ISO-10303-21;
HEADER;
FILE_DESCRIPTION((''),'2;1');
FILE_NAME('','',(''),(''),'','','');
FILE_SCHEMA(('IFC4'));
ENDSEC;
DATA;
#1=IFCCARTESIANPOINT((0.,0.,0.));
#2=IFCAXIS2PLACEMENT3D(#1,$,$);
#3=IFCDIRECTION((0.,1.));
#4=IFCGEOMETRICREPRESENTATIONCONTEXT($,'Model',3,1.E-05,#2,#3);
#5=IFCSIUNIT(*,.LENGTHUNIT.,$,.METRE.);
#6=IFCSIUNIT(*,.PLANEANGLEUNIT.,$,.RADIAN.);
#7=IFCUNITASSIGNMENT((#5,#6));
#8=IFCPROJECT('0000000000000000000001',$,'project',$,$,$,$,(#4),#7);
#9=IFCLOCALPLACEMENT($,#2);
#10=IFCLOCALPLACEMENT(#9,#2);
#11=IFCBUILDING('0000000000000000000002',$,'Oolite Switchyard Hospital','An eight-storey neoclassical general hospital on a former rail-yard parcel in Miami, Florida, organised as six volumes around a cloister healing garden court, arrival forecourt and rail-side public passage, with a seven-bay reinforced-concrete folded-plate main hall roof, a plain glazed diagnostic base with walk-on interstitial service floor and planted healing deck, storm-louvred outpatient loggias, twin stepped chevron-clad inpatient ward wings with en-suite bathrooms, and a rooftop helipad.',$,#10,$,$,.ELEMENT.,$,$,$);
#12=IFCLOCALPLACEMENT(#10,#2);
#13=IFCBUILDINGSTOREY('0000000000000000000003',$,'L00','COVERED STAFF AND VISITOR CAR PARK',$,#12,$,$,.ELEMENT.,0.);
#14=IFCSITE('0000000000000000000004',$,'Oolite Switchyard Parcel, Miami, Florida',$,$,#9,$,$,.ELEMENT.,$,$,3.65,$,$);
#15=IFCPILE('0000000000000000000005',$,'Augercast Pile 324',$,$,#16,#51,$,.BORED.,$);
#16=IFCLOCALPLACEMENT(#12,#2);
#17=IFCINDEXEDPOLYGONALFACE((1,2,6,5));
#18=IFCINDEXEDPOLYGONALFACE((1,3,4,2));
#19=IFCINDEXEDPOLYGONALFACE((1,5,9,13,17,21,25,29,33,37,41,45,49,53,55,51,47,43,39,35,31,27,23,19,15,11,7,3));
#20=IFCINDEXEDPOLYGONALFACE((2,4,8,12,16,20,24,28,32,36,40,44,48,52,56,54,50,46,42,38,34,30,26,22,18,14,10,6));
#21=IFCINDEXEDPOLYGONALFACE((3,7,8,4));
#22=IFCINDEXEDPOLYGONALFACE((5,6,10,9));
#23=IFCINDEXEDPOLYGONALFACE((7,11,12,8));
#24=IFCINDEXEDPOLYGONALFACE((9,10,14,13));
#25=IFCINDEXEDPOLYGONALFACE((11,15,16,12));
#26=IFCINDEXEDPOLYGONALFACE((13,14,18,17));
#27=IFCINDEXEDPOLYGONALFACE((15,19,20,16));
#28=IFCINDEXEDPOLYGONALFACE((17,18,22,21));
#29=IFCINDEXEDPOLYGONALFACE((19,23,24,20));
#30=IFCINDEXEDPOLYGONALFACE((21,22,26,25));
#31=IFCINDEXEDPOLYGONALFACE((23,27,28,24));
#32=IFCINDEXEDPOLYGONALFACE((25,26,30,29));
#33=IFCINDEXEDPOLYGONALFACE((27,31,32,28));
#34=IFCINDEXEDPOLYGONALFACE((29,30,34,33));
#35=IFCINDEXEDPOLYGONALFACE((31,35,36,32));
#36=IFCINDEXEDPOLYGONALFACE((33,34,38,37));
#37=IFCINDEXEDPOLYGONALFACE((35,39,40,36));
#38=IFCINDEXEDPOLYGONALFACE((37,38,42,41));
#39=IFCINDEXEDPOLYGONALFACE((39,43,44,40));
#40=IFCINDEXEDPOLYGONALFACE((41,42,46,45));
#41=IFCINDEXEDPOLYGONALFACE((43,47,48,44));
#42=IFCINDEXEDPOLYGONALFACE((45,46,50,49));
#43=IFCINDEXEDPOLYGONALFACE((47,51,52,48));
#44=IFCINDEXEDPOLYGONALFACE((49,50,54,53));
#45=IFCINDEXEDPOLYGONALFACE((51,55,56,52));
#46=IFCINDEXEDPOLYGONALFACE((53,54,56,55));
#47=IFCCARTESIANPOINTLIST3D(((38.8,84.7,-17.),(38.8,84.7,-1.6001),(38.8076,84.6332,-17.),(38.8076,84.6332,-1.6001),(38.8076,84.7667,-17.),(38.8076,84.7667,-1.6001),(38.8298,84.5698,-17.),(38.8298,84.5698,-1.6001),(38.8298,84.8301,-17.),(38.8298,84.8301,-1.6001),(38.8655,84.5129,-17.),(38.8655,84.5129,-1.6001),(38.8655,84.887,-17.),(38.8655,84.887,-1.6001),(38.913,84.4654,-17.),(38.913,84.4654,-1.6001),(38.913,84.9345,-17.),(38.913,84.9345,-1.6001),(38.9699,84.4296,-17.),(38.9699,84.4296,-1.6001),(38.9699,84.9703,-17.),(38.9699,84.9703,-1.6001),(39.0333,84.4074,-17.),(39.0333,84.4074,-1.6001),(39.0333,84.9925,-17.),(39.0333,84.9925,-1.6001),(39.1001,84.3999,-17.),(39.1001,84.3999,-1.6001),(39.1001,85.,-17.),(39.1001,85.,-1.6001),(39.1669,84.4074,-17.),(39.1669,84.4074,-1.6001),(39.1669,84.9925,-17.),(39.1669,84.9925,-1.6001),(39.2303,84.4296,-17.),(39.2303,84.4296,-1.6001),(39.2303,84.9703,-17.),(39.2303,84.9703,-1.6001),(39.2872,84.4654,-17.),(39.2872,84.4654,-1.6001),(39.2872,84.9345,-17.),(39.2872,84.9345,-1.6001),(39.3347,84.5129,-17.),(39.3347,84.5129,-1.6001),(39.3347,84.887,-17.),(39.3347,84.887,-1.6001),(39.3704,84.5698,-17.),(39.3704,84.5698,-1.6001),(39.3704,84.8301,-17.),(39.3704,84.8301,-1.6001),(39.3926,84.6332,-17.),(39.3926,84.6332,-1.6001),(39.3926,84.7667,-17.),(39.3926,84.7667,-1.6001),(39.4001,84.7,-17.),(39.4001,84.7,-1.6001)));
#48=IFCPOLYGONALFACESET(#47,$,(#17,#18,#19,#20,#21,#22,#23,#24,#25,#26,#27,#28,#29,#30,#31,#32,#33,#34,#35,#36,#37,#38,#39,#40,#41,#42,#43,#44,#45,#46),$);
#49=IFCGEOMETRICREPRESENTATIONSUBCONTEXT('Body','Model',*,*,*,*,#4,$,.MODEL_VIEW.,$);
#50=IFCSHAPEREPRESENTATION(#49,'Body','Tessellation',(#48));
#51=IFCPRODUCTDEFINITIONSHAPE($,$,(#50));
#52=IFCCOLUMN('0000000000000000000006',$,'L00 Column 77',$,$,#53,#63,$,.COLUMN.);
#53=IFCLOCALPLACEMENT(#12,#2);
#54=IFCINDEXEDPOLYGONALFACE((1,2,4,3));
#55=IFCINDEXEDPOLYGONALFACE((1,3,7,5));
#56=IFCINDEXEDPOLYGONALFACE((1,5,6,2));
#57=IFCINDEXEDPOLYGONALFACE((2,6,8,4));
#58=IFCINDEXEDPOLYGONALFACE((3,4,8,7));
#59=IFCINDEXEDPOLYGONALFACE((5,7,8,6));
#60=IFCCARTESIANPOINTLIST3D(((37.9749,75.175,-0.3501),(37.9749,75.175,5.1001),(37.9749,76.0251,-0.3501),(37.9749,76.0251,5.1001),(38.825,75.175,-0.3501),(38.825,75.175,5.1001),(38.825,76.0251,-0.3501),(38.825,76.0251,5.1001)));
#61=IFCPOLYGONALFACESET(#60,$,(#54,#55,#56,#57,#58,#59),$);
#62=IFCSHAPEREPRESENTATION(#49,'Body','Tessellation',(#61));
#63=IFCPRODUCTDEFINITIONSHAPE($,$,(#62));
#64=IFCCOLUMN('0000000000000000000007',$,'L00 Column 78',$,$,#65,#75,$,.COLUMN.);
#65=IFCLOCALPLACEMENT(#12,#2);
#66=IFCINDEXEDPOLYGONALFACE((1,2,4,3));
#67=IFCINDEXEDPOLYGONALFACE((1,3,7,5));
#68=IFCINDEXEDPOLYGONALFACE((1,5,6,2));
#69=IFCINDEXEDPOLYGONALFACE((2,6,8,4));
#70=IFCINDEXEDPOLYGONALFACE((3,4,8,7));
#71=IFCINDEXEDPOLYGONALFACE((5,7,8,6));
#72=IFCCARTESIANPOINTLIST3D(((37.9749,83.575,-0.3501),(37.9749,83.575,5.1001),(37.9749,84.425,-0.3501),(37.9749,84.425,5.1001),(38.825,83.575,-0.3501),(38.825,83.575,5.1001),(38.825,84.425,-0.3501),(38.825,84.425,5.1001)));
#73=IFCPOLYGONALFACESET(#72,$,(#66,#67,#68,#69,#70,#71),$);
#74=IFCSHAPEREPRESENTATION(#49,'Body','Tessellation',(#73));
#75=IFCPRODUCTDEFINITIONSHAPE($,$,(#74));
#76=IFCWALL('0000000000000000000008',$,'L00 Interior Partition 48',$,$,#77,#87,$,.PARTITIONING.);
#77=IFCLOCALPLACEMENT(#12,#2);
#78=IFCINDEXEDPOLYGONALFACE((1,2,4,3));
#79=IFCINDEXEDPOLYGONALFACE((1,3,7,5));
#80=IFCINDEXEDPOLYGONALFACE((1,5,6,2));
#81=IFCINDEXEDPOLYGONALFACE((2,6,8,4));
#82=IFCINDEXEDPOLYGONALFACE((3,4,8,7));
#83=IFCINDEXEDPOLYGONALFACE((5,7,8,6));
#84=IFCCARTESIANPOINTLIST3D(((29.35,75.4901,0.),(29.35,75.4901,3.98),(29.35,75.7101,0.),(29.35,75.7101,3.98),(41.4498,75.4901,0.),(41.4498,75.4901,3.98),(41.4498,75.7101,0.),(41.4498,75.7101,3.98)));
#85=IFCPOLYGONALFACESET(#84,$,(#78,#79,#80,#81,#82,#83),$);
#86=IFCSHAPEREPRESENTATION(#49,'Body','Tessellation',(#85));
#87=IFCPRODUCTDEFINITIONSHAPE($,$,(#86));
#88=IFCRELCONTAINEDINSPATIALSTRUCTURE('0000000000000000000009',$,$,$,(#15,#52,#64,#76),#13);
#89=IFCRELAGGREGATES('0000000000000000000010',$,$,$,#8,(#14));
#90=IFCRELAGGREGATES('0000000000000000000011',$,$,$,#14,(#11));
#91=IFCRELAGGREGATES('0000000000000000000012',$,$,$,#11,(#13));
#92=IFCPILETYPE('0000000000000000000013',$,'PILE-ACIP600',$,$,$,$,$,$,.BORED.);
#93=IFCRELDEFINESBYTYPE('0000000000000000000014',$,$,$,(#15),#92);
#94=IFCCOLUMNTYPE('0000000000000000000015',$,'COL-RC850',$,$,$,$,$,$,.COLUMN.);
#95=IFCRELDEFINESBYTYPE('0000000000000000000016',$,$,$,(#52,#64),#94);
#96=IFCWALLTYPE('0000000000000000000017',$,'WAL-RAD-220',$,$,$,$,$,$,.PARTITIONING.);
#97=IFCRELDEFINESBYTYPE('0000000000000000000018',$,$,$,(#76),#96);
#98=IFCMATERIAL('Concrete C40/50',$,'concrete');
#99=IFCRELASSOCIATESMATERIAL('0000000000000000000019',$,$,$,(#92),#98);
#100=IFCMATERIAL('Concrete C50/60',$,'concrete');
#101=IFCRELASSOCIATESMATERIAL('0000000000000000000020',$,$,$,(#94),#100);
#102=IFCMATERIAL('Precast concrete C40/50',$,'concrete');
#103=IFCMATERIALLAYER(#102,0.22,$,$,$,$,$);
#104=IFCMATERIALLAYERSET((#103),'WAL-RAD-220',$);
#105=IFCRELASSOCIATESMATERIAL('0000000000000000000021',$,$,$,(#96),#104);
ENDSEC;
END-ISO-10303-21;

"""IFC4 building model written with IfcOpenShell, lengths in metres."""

from ifc_helpers import new_model, si_unit, direction, frame, frame_2d, origin, origin_2d, place, context, subcontext, project, spatial, rectangle, circle, extrude, material, layer, layer_set, material_profile, profile_set, type_object, element, save


model = new_model("IFC4")

# Units and contexts
model_context = context("Model", 3, precision=1e-05, world=origin(), true_north=direction((0.0, 1.0)))
body_context = subcontext(model_context, "Body", "Model", "MODEL_VIEW")
ifc_project = project(units=[si_unit("LENGTHUNIT", "METRE"), si_unit("PLANEANGLEUNIT", "RADIAN")], contexts=[model_context])

# Site, building, storey
site_placement = place(None, origin())
site = spatial("IfcSite", under=ifc_project, at=site_placement, Name="Oolite Switchyard Parcel, Miami, Florida", CompositionType="ELEMENT", RefElevation=3.65)
building_placement = place(site_placement, origin())
building = spatial("IfcBuilding", under=site, at=building_placement, Name="Oolite Switchyard Hospital", Description="An eight-storey neoclassical general hospital on a former rail-yard parcel in Miami, Florida, organised as six volumes around a cloister healing garden court, arrival forecourt and rail-side public passage, with a seven-bay reinforced-concrete folded-plate main hall roof, a plain glazed diagnostic base with walk-on interstitial service floor and planted healing deck, storm-louvred outpatient loggias, twin stepped chevron-clad inpatient ward wings with en-suite bathrooms, and a rooftop helipad.", CompositionType="ELEMENT")
storey_placement = place(building_placement, origin())
storey = spatial("IfcBuildingStorey", under=building, at=storey_placement, Name="L00", Description="COVERED STAFF AND VISITOR CAR PARK", CompositionType="ELEMENT", Elevation=0.0)

# Shared definitions
ifc_material_1 = material(Name="Concrete C40/50", Category="concrete")

# Pile
ifc_material_profile_1 = material_profile(ifc_material_1, circle(Radius=0.3, at=origin_2d()), Name="PILE600")
ifc_profile_set_1 = profile_set([ifc_material_profile_1], Name="Concrete C40/50")
pile_type = type_object("IfcPileType", Name="PILE-ACIP600", PredefinedType="BORED", material=ifc_profile_set_1)
for number, where, z_axis, x_axis, name in (
    (1, (39.1001, 84.7, -1.6001), (0.0, 0.0, -1.0), (1.0, 0.0, 0.0), "Augercast Pile 324"),
):
    element("IfcPile", number, at=place(storey_placement, frame(where, z_axis=z_axis, x_axis=x_axis)), inside=storey, type_object=pile_type, Name=name, PredefinedType="BORED", context=body_context, shape_type="SweptSolid", body=[
        extrude(circle(Radius=0.3, at=origin_2d()), origin(), (0.0, 0.0, 1.0), 15.3999),
    ])

# Columns
ifc_material_2 = material(Name="Concrete C50/60", Category="concrete")
ifc_material_profile_2 = material_profile(ifc_material_2, rectangle(XDim=0.8501, YDim=0.8501, at=origin_2d()), Name="RC850X850")
ifc_profile_set_2 = profile_set([ifc_material_profile_2], Name="Concrete C50/60")
column_type = type_object("IfcColumnType", Name="COL-RC850", PredefinedType="COLUMN", material=ifc_profile_set_2)
for number, where, z_axis, x_axis, name in (
    (2, (38.3999, 75.6001, -0.3501), (0.0, 0.0, 1.0), (1.0, 0.0, 0.0), "L00 Column 77"),
    (3, (38.3999, 84.0, -0.3501), (0.0, 0.0, 1.0), (1.0, 0.0, 0.0), "L00 Column 78"),
):
    element("IfcColumn", number, at=place(storey_placement, frame(where, z_axis=z_axis, x_axis=x_axis)), inside=storey, type_object=column_type, Name=name, PredefinedType="COLUMN", context=body_context, shape_type="SweptSolid", body=[
        extrude(rectangle(XDim=0.8501, YDim=0.8501, at=origin_2d()), origin(), (0.0, 0.0, 1.0), 5.4502),
    ])

# Shared definitions
ifc_material_3 = material(Name="Precast concrete C40/50", Category="concrete")
ifc_layer = layer(ifc_material_3, 0.22)
ifc_layer_set = layer_set([ifc_layer], Name="WAL-RAD-220")
wall_type = type_object("IfcWallType", Name="WAL-RAD-220", PredefinedType="PARTITIONING", material=ifc_layer_set)

# Wall
wall_1_placement = place(storey_placement, frame((29.3501, 75.6001, 0.0), z_axis=(0.0, 0.0, 1.0), x_axis=(1.0, 0.0, 0.0)))
element("IfcWall", 4, at=wall_1_placement, inside=storey, type_object=wall_type, Name="L00 Interior Partition 48", PredefinedType="PARTITIONING", context=body_context, shape_type="SweptSolid", body=[
    extrude(rectangle(XDim=12.0999, YDim=0.22, at=frame_2d((6.0498, 0.0))), origin(), (0.0, 0.0, 1.0), 3.98),
])

save(model, "model.ifc")
